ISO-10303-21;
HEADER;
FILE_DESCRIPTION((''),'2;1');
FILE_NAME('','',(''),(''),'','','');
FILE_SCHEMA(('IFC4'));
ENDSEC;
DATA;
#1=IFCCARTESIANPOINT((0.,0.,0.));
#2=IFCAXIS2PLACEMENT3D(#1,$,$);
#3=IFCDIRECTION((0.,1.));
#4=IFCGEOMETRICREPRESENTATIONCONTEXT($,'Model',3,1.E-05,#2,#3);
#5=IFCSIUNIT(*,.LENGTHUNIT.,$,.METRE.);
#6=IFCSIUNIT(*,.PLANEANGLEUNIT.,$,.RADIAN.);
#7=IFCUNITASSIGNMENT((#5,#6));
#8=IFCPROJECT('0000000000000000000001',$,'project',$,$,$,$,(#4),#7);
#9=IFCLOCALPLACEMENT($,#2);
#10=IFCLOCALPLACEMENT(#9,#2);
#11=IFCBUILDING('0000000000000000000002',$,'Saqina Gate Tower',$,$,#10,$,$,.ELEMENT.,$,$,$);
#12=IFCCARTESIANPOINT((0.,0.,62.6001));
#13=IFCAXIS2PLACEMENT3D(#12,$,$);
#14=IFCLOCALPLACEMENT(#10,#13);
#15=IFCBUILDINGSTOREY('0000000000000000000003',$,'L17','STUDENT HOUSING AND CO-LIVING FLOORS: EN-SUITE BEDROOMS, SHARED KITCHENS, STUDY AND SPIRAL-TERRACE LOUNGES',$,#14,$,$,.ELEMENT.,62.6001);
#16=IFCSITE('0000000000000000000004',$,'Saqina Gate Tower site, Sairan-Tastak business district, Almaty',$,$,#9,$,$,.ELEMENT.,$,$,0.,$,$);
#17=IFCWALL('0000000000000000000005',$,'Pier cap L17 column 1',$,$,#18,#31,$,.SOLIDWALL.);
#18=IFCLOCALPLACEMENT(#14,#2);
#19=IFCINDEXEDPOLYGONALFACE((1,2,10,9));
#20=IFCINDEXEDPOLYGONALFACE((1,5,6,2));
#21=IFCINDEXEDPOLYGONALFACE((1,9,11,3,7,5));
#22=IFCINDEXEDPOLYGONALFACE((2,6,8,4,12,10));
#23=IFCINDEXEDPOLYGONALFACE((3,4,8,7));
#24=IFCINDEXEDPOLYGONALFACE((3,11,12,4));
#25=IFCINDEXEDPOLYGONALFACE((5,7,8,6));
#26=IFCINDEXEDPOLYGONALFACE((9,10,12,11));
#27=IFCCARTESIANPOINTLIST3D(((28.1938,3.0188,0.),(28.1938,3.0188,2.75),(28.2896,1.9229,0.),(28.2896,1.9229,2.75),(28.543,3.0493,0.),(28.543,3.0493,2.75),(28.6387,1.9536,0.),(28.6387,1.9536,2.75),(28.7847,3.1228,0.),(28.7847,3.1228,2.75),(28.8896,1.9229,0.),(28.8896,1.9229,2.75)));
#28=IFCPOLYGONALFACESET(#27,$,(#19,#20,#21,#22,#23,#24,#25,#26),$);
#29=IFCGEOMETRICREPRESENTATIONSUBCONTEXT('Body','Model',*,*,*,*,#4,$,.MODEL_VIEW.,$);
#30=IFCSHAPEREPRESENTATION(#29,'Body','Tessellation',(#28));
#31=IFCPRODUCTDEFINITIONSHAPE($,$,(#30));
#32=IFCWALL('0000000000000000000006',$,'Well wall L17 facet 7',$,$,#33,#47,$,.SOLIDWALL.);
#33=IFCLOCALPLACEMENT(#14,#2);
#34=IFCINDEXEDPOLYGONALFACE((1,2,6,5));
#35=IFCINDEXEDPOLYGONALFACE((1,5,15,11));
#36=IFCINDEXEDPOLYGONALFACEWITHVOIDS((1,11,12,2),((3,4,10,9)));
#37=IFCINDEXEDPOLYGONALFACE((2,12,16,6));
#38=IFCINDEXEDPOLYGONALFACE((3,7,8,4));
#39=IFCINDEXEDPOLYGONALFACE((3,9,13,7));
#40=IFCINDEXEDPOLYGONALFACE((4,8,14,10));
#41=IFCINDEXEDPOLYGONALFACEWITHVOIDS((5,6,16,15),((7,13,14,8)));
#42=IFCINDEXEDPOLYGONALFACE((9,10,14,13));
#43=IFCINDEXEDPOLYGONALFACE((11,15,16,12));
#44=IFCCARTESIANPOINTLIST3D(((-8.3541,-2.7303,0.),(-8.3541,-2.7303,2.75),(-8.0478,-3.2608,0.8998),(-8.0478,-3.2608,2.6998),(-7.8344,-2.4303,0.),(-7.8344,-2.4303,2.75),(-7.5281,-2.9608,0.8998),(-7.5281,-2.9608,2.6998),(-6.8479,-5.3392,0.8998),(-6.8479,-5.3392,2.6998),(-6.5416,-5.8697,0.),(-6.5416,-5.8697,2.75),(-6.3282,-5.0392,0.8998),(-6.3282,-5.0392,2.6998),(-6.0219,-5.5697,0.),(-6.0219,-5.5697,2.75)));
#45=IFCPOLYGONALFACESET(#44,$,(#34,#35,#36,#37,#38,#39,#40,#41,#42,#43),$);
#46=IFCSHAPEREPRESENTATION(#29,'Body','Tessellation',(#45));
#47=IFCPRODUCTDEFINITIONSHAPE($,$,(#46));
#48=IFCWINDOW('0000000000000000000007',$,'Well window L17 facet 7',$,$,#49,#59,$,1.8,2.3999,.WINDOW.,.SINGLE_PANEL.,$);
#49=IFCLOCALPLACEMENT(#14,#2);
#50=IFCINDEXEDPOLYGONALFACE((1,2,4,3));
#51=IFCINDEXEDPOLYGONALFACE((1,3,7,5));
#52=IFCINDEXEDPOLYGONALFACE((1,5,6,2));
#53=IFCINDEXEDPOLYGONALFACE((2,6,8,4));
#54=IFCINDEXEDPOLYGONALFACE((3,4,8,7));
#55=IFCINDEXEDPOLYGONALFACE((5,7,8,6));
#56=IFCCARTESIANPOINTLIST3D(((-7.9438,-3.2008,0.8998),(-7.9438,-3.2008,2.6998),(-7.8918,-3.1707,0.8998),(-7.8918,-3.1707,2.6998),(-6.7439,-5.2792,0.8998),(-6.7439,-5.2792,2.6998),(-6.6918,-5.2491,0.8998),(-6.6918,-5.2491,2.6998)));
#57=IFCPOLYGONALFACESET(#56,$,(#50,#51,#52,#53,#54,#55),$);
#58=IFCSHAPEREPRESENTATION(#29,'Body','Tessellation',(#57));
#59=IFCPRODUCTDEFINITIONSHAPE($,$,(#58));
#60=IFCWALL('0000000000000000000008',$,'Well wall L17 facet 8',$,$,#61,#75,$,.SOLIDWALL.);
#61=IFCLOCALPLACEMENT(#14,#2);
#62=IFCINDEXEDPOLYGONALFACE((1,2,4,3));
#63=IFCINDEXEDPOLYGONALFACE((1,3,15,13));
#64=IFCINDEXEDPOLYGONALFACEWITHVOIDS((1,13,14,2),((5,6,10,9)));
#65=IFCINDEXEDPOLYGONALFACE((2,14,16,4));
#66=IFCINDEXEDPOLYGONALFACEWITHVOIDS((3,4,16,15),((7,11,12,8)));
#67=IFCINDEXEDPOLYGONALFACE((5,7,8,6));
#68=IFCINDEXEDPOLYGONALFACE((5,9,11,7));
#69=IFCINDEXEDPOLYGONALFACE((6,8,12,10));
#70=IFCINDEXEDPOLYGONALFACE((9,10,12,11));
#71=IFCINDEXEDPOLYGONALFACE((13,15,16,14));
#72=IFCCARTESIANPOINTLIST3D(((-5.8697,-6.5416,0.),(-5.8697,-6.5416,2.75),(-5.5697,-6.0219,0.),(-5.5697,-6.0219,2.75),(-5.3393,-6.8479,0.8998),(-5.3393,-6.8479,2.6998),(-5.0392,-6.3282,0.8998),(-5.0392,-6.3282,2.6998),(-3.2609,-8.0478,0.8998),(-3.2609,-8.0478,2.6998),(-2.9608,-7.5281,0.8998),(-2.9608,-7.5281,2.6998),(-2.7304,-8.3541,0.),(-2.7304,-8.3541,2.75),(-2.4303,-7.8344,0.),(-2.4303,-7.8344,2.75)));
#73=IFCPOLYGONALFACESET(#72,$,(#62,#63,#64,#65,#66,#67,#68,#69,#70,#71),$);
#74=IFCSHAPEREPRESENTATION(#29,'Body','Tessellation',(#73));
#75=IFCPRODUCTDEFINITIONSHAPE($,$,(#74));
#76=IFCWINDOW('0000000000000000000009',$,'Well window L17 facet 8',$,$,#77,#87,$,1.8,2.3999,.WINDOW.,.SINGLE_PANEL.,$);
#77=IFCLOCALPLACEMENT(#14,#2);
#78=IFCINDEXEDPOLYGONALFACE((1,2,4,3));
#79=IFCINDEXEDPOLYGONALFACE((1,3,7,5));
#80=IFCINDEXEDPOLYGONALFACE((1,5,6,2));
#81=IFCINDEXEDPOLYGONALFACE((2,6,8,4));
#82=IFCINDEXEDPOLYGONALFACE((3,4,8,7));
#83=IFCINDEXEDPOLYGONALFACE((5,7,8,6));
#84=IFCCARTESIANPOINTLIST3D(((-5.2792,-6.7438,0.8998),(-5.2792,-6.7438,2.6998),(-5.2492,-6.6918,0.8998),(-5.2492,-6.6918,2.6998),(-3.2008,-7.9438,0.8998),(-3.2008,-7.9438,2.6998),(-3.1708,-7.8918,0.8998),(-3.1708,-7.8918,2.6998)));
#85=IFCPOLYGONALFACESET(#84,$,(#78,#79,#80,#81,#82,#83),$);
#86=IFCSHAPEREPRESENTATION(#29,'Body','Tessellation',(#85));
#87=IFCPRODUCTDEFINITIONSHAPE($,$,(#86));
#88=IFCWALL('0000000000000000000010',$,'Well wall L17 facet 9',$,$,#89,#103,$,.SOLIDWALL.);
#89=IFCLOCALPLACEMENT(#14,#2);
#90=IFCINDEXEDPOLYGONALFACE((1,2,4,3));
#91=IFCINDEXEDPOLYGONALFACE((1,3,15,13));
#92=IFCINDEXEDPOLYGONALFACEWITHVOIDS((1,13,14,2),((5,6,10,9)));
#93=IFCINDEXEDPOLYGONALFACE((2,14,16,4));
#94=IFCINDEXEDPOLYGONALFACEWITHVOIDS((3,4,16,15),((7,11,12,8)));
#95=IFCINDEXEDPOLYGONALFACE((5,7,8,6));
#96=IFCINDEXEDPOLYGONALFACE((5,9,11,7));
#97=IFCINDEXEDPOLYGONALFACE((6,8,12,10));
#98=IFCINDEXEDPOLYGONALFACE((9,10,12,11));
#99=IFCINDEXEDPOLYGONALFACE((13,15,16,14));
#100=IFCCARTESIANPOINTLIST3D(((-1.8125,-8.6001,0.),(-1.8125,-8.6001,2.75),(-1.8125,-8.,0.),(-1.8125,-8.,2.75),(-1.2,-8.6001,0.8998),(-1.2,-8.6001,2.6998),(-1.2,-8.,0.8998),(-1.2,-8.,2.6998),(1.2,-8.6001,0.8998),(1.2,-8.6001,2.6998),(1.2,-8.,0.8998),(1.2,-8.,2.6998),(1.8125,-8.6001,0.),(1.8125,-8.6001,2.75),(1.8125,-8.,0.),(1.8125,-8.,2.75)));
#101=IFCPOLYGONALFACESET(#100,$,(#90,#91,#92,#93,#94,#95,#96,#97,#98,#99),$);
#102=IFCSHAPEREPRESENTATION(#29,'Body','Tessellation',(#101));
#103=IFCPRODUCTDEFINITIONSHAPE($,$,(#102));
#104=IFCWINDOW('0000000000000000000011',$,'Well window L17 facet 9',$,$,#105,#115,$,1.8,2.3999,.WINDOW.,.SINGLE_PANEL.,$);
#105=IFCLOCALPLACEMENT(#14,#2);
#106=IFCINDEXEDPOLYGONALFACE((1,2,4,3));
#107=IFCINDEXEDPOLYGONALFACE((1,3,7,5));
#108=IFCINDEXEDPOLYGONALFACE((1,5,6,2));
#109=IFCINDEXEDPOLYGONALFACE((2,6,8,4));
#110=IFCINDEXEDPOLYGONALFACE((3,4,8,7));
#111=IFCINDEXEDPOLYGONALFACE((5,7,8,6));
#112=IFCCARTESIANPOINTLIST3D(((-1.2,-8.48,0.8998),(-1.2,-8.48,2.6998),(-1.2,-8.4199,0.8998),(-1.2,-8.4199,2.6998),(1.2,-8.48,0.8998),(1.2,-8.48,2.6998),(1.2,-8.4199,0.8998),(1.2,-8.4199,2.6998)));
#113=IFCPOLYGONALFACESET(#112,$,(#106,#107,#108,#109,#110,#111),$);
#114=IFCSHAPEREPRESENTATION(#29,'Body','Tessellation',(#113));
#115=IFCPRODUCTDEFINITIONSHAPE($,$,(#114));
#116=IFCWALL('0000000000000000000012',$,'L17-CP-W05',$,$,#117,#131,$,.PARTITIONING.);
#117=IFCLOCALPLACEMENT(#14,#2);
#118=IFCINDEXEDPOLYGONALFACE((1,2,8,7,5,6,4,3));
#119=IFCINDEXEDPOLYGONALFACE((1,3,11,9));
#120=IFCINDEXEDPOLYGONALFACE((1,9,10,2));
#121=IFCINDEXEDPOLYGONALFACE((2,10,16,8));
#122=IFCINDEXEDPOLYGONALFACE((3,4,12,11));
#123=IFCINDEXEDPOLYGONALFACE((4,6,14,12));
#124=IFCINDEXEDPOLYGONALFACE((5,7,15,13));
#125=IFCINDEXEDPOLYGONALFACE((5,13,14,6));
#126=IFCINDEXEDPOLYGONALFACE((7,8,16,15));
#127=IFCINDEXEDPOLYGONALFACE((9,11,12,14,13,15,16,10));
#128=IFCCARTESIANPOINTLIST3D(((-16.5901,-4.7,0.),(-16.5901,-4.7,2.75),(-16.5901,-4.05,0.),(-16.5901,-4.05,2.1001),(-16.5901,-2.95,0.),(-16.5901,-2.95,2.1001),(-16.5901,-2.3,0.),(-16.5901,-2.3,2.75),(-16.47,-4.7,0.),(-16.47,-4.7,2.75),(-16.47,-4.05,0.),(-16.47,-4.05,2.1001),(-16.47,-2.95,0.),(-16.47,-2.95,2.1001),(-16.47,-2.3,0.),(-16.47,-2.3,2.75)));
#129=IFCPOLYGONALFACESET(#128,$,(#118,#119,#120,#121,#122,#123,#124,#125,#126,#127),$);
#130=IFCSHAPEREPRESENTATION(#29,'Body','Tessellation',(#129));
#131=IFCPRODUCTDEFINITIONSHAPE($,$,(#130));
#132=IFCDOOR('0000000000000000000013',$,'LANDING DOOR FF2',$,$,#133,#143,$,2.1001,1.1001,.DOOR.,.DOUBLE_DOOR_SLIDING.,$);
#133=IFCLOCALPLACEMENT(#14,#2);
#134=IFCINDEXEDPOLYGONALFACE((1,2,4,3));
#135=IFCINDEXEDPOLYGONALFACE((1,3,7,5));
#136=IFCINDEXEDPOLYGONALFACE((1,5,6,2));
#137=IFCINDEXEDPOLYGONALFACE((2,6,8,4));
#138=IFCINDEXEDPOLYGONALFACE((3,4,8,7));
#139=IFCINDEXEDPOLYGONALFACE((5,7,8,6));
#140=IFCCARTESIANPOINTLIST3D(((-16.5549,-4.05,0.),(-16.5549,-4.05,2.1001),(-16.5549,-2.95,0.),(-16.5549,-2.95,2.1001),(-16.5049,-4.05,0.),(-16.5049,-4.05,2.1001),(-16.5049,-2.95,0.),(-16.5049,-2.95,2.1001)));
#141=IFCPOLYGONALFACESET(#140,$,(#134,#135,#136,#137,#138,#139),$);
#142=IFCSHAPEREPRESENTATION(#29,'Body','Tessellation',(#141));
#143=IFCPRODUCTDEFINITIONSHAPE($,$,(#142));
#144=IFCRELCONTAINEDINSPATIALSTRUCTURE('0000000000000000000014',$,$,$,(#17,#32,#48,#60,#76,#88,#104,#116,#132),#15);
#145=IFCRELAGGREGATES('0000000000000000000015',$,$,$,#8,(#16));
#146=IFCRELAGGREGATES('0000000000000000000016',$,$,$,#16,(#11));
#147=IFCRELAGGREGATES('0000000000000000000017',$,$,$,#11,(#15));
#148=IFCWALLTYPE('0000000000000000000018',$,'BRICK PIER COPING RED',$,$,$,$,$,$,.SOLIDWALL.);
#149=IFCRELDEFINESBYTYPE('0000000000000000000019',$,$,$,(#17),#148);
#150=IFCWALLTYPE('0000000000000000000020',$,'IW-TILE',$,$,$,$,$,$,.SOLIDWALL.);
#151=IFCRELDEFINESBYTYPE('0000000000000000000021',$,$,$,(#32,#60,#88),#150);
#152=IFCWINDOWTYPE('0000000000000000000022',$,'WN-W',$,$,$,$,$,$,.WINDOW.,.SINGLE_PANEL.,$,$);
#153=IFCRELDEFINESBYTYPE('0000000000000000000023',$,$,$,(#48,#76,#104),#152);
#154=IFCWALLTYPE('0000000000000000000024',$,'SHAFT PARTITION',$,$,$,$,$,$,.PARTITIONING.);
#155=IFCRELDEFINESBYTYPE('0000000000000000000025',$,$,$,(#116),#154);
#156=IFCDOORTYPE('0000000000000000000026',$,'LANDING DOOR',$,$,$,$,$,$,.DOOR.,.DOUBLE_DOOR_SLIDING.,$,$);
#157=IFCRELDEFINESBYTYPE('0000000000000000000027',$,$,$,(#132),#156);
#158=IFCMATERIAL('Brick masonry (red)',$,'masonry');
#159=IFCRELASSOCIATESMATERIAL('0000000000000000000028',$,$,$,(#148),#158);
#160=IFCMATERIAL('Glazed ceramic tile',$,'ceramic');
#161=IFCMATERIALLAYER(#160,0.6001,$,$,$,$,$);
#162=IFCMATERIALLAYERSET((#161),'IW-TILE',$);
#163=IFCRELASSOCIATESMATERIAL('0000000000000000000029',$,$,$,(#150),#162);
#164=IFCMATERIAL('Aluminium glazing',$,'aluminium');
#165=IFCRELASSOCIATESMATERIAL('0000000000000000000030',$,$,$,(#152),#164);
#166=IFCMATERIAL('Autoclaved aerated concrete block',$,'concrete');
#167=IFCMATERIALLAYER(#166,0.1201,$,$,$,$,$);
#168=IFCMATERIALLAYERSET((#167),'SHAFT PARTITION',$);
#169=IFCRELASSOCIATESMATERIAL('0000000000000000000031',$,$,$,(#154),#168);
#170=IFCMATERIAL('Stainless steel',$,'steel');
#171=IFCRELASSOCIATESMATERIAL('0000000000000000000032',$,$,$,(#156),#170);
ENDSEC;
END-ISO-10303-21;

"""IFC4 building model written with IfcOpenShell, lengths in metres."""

from ifc_helpers import new_model, si_unit, direction, frame, frame_2d, origin, place, context, subcontext, project, spatial, polyline, rectangle, outline, extrude, material, layer, layer_set, type_object, element, fill, save


model = new_model("IFC4")

# Units and contexts
model_context = context("Model", 3, precision=1e-05, world=origin(), true_north=direction((0.0, 1.0)))
body_context = subcontext(model_context, "Body", "Model", "MODEL_VIEW")
ifc_project = project(units=[si_unit("LENGTHUNIT", "METRE"), si_unit("PLANEANGLEUNIT", "RADIAN")], contexts=[model_context])

# Site, building, storey
site_placement = place(None, origin())
site = spatial("IfcSite", under=ifc_project, at=site_placement, Name="Saqina Gate Tower site, Sairan-Tastak business district, Almaty", CompositionType="ELEMENT", RefElevation=0.0)
building_placement = place(site_placement, origin())
building = spatial("IfcBuilding", under=site, at=building_placement, Name="Saqina Gate Tower", CompositionType="ELEMENT")
storey_placement = place(building_placement, frame((0.0, 0.0, 62.6001)))
storey = spatial("IfcBuildingStorey", under=building, at=storey_placement, Name="L17", Description="STUDENT HOUSING AND CO-LIVING FLOORS: EN-SUITE BEDROOMS, SHARED KITCHENS, STUDY AND SPIRAL-TERRACE LOUNGES", CompositionType="ELEMENT", Elevation=62.6001)

# Wall
ifc_material_1 = material(Name="Brick masonry (red)", Category="masonry")
wall_type_1 = type_object("IfcWallType", Name="BRICK PIER COPING RED", PredefinedType="SOLIDWALL", material=ifc_material_1)
wall_1_placement = place(storey_placement, origin())
element("IfcWall", 1, at=wall_1_placement, inside=storey, type_object=wall_type_1, Name="Pier cap L17 column 1", PredefinedType="SOLIDWALL", context=body_context, shape_type="SweptSolid", body=[
    extrude(outline(polyline([(28.8896, 1.9229), (28.7847, 3.1228), (28.1938, 3.0188), (28.543, 3.0493), (28.6387, 1.9536), (28.2896, 1.9229), (28.8896, 1.9229)])), origin(), (0.0, 0.0, 1.0), 2.75),
])

# Walls, openings, windows
ifc_material_2 = material(Name="Glazed ceramic tile", Category="ceramic")
ifc_layer_1 = layer(ifc_material_2, 0.6001)
ifc_layer_set_1 = layer_set([ifc_layer_1], Name="IW-TILE")
wall_type_2 = type_object("IfcWallType", Name="IW-TILE", PredefinedType="SOLIDWALL", material=ifc_layer_set_1)
wall_2_placement = place(storey_placement, frame((-8.0942, -2.5803, 0.0), z_axis=(0.0, 0.0, 1.0), x_axis=(0.499993, -0.86603, 0.0)))
wall_2 = element("IfcWall", 2, at=wall_2_placement, inside=storey, type_object=wall_type_2, Name="Well wall L17 facet 7", PredefinedType="SOLIDWALL", context=body_context, shape_type="SweptSolid", body=[
    extrude(rectangle(XDim=3.625, YDim=0.6001, at=frame_2d((1.8125, 0.0))), origin(), (0.0, 0.0, 1.0), 2.75),
])
opening_1_placement = place(wall_2_placement, frame((0.6125, 0.0, 0.8999)))
opening_1 = element("IfcOpeningElement", 3, at=opening_1_placement, cuts=wall_2, PredefinedType="OPENING", context=body_context, shape_type="SweptSolid", body=[
    extrude(rectangle(XDim=2.3999, YDim=1.8, at=frame_2d((1.2, 0.8999))), frame((0.0, 0.312, 0.0), z_axis=(0.0, -1.0, 0.0), x_axis=(1.0, 0.0, 0.0)), (0.0, 0.0, 1.0), 0.624),
])
ifc_material_3 = material(Name="Aluminium glazing", Category="aluminium")
window_type = type_object("IfcWindowType", Name="WN-W", PartitioningType="SINGLE_PANEL", PredefinedType="WINDOW", material=ifc_material_3)
window_1_placement = place(opening_1_placement, origin())
window_1 = element("IfcWindow", 4, at=window_1_placement, inside=storey, type_object=window_type, Name="Well window L17 facet 7", OverallHeight=1.8, OverallWidth=2.3999, PartitioningType="SINGLE_PANEL", PredefinedType="WINDOW", context=body_context, shape_type="SweptSolid", body=[
    extrude(rectangle(XDim=2.3999, YDim=1.8, at=frame_2d((1.2, 0.8999))), frame((0.0, -0.1199, 0.0), z_axis=(0.0, -1.0, 0.0), x_axis=(1.0, 0.0, 0.0)), (0.0, 0.0, 1.0), 0.0601),
])
fill(opening_1, window_1)
wall_3_placement = place(storey_placement, frame((-5.7197, -6.2817, 0.0), z_axis=(0.0, 0.0, 1.0), x_axis=(0.86603, -0.499993, 0.0)))
wall_3 = element("IfcWall", 5, at=wall_3_placement, inside=storey, type_object=wall_type_2, Name="Well wall L17 facet 8", PredefinedType="SOLIDWALL", context=body_context, shape_type="SweptSolid", body=[
    extrude(rectangle(XDim=3.625, YDim=0.6001, at=frame_2d((1.8125, 0.0))), origin(), (0.0, 0.0, 1.0), 2.75),
])
opening_2_placement = place(wall_3_placement, frame((0.6125, 0.0, 0.8999)))
opening_2 = element("IfcOpeningElement", 6, at=opening_2_placement, cuts=wall_3, PredefinedType="OPENING", context=body_context, shape_type="SweptSolid", body=[
    extrude(rectangle(XDim=2.3999, YDim=1.8, at=frame_2d((1.2, 0.8999))), frame((0.0, 0.312, 0.0), z_axis=(0.0, -1.0, 0.0), x_axis=(1.0, 0.0, 0.0)), (0.0, 0.0, 1.0), 0.624),
])
window_2_placement = place(opening_2_placement, origin())
window_2 = element("IfcWindow", 7, at=window_2_placement, inside=storey, type_object=window_type, Name="Well window L17 facet 8", OverallHeight=1.8, OverallWidth=2.3999, PartitioningType="SINGLE_PANEL", PredefinedType="WINDOW", context=body_context, shape_type="SweptSolid", body=[
    extrude(rectangle(XDim=2.3999, YDim=1.8, at=frame_2d((1.2, 0.8999))), frame((0.0, -0.1199, 0.0), z_axis=(0.0, -1.0, 0.0), x_axis=(1.0, 0.0, 0.0)), (0.0, 0.0, 1.0), 0.0601),
])
fill(opening_2, window_2)
wall_4_placement = place(storey_placement, frame((-1.8125, -8.3, 0.0), z_axis=(0.0, 0.0, 1.0), x_axis=(1.0, 0.0, 0.0)))
wall_4 = element("IfcWall", 8, at=wall_4_placement, inside=storey, type_object=wall_type_2, Name="Well wall L17 facet 9", PredefinedType="SOLIDWALL", context=body_context, shape_type="SweptSolid", body=[
    extrude(rectangle(XDim=3.625, YDim=0.6001, at=frame_2d((1.8125, 0.0))), origin(), (0.0, 0.0, 1.0), 2.75),
])
opening_3_placement = place(wall_4_placement, frame((0.6125, 0.0, 0.8999)))
opening_3 = element("IfcOpeningElement", 9, at=opening_3_placement, cuts=wall_4, PredefinedType="OPENING", context=body_context, shape_type="SweptSolid", body=[
    extrude(rectangle(XDim=2.3999, YDim=1.8, at=frame_2d((1.2, 0.8999))), frame((0.0, 0.312, 0.0), z_axis=(0.0, -1.0, 0.0), x_axis=(1.0, 0.0, 0.0)), (0.0, 0.0, 1.0), 0.624),
])
window_3_placement = place(opening_3_placement, origin())
window_3 = element("IfcWindow", 10, at=window_3_placement, inside=storey, type_object=window_type, Name="Well window L17 facet 9", OverallHeight=1.8, OverallWidth=2.3999, PartitioningType="SINGLE_PANEL", PredefinedType="WINDOW", context=body_context, shape_type="SweptSolid", body=[
    extrude(rectangle(XDim=2.3999, YDim=1.8, at=frame_2d((1.2, 0.8999))), frame((0.0, -0.1199, 0.0), z_axis=(0.0, -1.0, 0.0), x_axis=(1.0, 0.0, 0.0)), (0.0, 0.0, 1.0), 0.0601),
])
fill(opening_3, window_3)

# Wall, opening, door
ifc_material_4 = material(Name="Autoclaved aerated concrete block", Category="concrete")
ifc_layer_2 = layer(ifc_material_4, 0.1201)
ifc_layer_set_2 = layer_set([ifc_layer_2], Name="SHAFT PARTITION")
wall_type_3 = type_object("IfcWallType", Name="SHAFT PARTITION", PredefinedType="PARTITIONING", material=ifc_layer_set_2)
wall_5_placement = place(storey_placement, frame((-16.53, -4.7, 0.0), z_axis=(0.0, 0.0, 1.0), x_axis=(0.0, 1.0, 0.0)))
wall_5 = element("IfcWall", 11, at=wall_5_placement, inside=storey, type_object=wall_type_3, Name="L17-CP-W05", PredefinedType="PARTITIONING", context=body_context, shape_type="SweptSolid", body=[
    extrude(rectangle(XDim=2.3999, YDim=0.1201, at=frame_2d((1.2, 0.0))), origin(), (0.0, 0.0, 1.0), 2.75),
])
opening_4_placement = place(wall_5_placement, frame((0.6499, 0.0, 0.0)))
opening_4 = element("IfcOpeningElement", 12, at=opening_4_placement, cuts=wall_5, PredefinedType="OPENING", context=body_context, shape_type="SweptSolid", body=[
    extrude(rectangle(XDim=1.1001, YDim=2.1001, at=frame_2d((0.55, 1.05))), frame((0.0, 0.072, 0.0), z_axis=(0.0, -1.0, 0.0), x_axis=(1.0, 0.0, 0.0)), (0.0, 0.0, 1.0), 0.144),
])
ifc_material_5 = material(Name="Stainless steel", Category="steel")
door_type_1 = type_object("IfcDoorType", Name="LANDING DOOR", OperationType="DOUBLE_DOOR_SLIDING", PredefinedType="DOOR", material=ifc_material_5)
door_1_placement = place(opening_4_placement, origin())
door_1 = element("IfcDoor", 13, at=door_1_placement, inside=storey, type_object=door_type_1, Name="LANDING DOOR FF2", OperationType="DOUBLE_DOOR_SLIDING", OverallHeight=2.1001, OverallWidth=1.1001, PredefinedType="DOOR", context=body_context, shape_type="SweptSolid", body=[
    extrude(rectangle(XDim=1.1001, YDim=2.1001, at=frame_2d((0.55, 1.05))), frame((0.0, 0.0249, 0.0), z_axis=(0.0, -1.0, 0.0), x_axis=(1.0, 0.0, 0.0)), (0.0, 0.0, 1.0), 0.05),
])
fill(opening_4, door_1)

save(model, "model.ifc")
